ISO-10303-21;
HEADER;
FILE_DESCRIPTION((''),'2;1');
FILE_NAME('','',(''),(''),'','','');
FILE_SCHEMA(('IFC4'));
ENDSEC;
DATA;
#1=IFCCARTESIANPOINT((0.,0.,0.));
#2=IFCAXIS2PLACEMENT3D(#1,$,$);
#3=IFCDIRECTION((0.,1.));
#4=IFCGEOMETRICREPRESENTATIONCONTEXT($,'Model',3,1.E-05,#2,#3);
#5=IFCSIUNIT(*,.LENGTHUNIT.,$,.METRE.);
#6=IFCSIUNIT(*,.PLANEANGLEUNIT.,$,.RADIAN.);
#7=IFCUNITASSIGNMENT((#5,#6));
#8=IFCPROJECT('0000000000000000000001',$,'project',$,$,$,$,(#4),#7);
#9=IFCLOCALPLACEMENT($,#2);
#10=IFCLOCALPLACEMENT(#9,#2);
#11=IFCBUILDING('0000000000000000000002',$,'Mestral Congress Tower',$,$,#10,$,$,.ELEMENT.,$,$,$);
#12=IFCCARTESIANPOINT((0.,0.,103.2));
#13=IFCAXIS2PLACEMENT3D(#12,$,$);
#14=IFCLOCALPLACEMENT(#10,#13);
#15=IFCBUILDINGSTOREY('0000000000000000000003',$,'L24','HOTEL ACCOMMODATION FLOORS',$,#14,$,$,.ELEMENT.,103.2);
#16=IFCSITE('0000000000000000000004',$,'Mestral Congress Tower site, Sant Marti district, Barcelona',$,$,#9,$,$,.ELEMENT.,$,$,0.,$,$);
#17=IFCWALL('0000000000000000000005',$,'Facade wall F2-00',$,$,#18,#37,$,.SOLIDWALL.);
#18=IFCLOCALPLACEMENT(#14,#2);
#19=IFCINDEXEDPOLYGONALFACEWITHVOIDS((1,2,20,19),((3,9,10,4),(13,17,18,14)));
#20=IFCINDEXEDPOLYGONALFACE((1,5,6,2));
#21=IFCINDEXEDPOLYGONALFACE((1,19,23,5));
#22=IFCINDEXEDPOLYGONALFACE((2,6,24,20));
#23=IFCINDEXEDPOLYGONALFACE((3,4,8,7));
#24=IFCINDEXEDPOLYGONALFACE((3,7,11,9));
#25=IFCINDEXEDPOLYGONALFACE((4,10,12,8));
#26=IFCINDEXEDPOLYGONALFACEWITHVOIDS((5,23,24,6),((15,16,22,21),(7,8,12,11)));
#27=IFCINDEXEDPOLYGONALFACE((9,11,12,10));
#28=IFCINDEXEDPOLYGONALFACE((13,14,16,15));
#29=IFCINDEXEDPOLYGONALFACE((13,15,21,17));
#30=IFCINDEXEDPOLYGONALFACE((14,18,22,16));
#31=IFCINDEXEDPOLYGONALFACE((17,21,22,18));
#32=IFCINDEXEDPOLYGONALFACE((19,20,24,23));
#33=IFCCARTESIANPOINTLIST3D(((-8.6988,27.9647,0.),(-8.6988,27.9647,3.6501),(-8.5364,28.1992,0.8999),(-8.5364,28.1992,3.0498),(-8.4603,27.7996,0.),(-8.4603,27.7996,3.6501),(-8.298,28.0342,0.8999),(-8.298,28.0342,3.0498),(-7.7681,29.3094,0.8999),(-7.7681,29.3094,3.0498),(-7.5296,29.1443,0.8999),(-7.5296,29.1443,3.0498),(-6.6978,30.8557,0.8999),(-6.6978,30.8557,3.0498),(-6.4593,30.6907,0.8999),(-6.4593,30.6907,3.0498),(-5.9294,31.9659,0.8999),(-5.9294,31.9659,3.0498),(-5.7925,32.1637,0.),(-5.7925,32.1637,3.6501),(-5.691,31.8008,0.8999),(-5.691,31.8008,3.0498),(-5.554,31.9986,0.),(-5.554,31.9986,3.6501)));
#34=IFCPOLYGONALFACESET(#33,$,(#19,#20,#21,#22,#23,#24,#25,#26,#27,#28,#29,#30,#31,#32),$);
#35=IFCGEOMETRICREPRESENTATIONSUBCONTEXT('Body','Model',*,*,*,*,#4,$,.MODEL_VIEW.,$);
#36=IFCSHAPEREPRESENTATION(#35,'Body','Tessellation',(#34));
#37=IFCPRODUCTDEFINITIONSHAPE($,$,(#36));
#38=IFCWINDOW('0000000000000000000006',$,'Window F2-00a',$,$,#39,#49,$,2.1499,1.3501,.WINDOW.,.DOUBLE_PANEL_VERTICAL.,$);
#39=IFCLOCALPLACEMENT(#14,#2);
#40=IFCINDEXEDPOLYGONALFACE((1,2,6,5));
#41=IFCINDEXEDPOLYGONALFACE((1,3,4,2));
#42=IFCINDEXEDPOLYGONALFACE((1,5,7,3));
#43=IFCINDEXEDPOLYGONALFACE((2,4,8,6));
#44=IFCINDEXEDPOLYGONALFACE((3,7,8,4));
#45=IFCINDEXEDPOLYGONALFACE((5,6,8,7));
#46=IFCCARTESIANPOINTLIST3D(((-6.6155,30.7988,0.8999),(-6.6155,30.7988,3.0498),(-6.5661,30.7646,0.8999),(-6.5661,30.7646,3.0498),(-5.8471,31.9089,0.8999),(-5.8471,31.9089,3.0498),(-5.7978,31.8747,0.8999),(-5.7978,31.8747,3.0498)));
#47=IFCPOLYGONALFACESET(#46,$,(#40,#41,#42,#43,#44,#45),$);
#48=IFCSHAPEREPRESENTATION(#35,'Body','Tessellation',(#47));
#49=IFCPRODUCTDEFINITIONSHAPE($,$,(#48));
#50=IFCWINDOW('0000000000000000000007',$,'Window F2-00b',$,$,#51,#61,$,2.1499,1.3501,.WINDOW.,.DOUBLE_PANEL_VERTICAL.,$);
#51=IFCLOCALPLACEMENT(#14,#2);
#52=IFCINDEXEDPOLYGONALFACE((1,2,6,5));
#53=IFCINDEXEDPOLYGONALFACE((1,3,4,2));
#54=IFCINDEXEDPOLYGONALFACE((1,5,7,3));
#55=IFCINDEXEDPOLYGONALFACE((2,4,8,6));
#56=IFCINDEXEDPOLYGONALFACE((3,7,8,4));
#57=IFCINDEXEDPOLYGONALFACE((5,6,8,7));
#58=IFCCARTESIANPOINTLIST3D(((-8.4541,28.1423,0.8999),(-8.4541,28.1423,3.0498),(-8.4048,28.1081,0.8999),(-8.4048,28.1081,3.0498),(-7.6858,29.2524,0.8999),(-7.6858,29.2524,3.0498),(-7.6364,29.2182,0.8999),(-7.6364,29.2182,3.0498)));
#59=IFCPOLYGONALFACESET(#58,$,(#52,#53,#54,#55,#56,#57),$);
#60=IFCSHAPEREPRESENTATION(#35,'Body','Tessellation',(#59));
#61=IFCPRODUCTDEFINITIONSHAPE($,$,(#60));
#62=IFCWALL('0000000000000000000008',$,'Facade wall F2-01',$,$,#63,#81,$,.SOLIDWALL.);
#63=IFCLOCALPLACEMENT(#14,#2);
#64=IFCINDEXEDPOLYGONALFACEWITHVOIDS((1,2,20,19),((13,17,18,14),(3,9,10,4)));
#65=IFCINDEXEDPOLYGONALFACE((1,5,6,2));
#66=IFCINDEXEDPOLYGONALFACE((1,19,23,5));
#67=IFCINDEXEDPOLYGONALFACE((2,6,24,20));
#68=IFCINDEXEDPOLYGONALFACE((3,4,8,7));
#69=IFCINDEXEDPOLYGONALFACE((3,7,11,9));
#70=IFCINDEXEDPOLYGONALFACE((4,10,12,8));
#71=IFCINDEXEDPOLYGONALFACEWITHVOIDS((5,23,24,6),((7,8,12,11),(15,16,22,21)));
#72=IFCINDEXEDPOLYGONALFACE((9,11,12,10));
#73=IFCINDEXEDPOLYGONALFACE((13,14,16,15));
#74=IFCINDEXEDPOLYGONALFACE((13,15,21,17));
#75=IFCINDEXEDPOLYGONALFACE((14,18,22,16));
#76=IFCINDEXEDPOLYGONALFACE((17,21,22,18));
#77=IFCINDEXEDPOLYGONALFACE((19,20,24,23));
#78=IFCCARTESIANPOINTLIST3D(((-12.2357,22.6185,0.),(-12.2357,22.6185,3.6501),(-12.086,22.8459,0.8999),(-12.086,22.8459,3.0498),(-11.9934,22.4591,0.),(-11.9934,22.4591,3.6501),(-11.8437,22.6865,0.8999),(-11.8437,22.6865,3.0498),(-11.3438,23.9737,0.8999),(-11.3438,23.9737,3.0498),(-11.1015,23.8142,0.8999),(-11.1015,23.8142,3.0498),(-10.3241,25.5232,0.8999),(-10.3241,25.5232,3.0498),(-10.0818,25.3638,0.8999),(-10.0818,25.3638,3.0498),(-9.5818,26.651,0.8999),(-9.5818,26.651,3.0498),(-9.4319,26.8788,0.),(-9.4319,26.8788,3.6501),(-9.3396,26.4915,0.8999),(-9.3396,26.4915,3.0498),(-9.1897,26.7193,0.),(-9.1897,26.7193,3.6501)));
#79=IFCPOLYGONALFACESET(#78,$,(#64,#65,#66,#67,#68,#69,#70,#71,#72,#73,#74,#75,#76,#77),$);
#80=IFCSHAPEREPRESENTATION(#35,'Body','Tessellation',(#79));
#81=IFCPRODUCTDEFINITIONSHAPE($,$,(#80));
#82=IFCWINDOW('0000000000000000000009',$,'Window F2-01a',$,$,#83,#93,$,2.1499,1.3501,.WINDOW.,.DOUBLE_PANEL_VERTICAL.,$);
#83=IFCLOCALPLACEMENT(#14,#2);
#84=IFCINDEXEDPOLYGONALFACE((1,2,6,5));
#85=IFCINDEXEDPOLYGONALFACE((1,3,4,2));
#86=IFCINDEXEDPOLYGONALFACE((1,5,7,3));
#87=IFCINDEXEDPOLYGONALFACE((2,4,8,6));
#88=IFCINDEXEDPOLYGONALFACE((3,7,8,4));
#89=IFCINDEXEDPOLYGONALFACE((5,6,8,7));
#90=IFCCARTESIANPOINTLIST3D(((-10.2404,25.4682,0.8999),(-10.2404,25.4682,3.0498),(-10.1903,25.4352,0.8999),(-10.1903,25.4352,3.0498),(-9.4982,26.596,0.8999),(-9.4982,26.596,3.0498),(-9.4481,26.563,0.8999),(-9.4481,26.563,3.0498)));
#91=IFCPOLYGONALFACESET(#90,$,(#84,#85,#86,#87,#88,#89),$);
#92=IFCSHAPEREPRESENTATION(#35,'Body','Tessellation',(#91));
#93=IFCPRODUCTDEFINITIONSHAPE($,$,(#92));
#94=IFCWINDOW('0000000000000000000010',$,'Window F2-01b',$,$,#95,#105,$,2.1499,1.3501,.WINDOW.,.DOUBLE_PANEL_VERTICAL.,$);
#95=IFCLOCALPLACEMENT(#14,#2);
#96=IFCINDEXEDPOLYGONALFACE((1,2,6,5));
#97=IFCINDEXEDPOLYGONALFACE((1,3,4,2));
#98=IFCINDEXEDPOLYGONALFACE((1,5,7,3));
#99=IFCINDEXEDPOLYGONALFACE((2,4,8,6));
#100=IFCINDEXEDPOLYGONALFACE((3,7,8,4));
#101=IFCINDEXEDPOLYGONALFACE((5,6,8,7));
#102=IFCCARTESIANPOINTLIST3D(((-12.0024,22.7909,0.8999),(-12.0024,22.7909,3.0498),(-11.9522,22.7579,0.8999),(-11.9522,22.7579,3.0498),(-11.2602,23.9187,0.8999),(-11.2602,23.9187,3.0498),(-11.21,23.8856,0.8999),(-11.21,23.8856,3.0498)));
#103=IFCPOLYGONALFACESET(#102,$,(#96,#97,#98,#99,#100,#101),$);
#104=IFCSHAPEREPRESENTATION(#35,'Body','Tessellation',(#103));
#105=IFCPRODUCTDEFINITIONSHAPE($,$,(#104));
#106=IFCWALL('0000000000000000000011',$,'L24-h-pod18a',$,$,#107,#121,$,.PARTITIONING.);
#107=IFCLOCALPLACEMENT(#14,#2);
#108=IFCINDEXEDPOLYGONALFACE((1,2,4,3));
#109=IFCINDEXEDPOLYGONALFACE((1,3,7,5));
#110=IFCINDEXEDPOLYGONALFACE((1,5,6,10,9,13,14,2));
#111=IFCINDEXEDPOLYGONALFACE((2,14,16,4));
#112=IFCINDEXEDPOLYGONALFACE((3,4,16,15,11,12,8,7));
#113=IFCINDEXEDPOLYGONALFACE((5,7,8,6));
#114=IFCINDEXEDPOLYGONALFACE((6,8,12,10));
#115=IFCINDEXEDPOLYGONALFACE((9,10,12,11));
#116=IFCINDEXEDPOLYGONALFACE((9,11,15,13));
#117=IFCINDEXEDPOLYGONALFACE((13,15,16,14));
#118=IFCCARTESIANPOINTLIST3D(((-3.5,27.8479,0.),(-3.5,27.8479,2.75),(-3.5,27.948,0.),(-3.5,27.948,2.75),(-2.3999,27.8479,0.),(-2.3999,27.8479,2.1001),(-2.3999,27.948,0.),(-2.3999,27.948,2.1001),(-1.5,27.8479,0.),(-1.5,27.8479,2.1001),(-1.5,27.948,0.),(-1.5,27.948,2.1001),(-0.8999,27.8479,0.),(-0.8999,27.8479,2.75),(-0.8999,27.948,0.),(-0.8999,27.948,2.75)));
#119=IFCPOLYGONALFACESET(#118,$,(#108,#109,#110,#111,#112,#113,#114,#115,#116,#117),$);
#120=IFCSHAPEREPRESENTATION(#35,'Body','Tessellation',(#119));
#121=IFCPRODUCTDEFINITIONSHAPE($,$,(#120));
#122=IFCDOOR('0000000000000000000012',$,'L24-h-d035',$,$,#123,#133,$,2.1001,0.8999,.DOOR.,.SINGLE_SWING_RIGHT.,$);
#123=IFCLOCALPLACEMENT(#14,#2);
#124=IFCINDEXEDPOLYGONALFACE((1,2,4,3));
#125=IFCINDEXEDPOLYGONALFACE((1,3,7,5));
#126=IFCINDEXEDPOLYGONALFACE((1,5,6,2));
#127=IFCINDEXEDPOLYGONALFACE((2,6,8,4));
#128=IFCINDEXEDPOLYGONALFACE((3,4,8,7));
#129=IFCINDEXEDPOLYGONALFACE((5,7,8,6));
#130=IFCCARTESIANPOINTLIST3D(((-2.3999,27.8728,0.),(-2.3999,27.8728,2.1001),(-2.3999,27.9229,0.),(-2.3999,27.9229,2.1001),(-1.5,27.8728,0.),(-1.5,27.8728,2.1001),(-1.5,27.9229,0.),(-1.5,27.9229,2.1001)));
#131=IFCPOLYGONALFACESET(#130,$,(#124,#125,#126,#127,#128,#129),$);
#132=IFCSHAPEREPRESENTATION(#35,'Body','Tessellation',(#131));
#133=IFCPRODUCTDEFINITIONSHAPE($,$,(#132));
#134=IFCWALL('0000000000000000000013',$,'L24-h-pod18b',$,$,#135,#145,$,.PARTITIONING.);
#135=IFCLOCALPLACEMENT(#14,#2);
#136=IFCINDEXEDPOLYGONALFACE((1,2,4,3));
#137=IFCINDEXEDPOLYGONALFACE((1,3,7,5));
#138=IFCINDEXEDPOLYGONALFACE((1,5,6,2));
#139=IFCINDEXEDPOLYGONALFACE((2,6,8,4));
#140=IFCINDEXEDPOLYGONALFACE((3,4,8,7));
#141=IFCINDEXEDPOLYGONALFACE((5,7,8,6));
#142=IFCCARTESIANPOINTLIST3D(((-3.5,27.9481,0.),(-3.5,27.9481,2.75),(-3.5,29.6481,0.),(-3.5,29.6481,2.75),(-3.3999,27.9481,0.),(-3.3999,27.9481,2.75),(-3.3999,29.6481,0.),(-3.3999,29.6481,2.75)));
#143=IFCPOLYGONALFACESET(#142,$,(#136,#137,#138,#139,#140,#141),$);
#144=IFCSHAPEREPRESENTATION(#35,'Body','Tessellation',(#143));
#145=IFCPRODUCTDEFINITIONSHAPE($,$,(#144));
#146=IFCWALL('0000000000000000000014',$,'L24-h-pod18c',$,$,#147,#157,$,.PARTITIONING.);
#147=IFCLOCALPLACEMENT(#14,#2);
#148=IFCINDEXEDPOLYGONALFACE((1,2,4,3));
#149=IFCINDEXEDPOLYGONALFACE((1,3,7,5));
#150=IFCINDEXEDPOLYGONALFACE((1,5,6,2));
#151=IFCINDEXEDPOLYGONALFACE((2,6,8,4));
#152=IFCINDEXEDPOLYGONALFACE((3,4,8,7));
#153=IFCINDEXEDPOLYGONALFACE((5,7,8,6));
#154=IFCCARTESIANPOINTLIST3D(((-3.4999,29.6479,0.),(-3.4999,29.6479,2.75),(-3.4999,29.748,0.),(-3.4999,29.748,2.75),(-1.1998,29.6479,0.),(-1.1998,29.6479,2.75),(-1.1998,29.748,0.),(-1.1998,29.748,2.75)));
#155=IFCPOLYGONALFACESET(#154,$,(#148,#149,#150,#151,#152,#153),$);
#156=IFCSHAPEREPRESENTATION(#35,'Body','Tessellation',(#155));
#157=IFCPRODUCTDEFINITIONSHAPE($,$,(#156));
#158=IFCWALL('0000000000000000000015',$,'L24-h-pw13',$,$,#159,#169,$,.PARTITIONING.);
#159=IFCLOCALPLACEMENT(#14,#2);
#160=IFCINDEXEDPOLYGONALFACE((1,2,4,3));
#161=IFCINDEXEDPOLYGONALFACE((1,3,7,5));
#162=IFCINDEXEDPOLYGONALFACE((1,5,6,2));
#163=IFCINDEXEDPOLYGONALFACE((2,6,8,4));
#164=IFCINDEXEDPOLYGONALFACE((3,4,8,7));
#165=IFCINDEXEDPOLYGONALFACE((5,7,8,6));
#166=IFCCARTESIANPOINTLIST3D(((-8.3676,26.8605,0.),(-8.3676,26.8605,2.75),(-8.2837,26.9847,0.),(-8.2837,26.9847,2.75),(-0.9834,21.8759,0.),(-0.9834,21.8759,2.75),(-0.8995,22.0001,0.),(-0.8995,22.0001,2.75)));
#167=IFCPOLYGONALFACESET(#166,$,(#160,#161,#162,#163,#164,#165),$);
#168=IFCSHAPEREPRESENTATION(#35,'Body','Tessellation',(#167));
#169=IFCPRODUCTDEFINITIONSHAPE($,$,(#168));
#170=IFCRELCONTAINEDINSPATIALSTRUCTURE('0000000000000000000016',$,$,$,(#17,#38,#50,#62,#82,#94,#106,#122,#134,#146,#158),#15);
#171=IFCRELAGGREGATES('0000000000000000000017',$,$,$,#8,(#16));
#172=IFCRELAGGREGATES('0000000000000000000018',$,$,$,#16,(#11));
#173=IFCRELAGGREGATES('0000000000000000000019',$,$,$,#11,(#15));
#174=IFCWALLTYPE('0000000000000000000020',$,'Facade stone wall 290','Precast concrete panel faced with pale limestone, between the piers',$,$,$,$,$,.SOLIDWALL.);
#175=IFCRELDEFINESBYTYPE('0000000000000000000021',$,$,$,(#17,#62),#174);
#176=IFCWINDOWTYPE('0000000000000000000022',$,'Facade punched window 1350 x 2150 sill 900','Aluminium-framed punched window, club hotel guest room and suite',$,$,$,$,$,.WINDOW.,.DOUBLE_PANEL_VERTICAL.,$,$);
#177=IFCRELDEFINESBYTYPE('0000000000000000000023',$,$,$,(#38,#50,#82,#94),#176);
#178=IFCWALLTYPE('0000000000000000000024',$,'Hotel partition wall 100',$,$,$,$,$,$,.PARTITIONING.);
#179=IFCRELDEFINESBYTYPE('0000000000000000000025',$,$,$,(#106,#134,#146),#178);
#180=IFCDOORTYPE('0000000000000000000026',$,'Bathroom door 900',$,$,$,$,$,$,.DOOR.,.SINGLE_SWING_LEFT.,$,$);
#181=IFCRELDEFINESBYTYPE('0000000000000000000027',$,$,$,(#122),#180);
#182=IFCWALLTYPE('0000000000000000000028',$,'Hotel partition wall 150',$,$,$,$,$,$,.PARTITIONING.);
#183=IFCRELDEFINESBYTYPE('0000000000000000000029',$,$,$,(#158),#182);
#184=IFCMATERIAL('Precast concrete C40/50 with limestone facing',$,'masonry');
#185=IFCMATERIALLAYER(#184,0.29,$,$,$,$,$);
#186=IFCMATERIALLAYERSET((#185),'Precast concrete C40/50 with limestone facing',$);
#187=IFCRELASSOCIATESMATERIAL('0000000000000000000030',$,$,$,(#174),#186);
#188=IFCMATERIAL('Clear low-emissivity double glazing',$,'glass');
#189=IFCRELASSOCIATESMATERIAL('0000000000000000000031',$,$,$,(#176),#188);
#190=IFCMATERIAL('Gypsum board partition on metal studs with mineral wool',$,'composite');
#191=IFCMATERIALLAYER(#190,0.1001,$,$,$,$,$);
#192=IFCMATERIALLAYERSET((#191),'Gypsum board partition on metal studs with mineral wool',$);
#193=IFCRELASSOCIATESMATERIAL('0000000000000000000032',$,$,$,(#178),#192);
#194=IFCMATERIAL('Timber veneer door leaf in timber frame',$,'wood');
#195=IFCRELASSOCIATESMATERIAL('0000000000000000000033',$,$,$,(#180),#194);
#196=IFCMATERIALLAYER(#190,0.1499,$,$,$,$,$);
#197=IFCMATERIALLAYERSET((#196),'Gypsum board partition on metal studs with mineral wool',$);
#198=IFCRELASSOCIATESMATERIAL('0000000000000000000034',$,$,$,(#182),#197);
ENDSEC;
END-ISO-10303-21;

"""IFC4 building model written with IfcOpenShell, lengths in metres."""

from ifc_helpers import new_model, si_unit, direction, frame, frame_2d, origin, place, context, subcontext, project, spatial, rectangle, extrude, material, layer, layer_set, type_object, element, fill, save


model = new_model("IFC4")

# Units and contexts
model_context = context("Model", 3, precision=1e-05, world=origin(), true_north=direction((0.0, 1.0)))
body_context = subcontext(model_context, "Body", "Model", "MODEL_VIEW")
ifc_project = project(units=[si_unit("LENGTHUNIT", "METRE"), si_unit("PLANEANGLEUNIT", "RADIAN")], contexts=[model_context])

# Site, building, storey
site_placement = place(None, origin())
site = spatial("IfcSite", under=ifc_project, at=site_placement, Name="Mestral Congress Tower site, Sant Marti district, Barcelona", CompositionType="ELEMENT", RefElevation=0.0)
building_placement = place(site_placement, origin())
building = spatial("IfcBuilding", under=site, at=building_placement, Name="Mestral Congress Tower", CompositionType="ELEMENT")
storey_placement = place(building_placement, frame((0.0, 0.0, 103.2)))
storey = spatial("IfcBuildingStorey", under=building, at=storey_placement, Name="L24", Description="HOTEL ACCOMMODATION FLOORS", CompositionType="ELEMENT", Elevation=103.2)

# Shared definitions
ifc_material_1 = material(Name="Precast concrete C40/50 with limestone facing", Category="masonry")
ifc_layer_1 = layer(ifc_material_1, 0.29)
ifc_layer_set_1 = layer_set([ifc_layer_1], Name="Precast concrete C40/50 with limestone facing")
wall_type_1 = type_object("IfcWallType", Name="Facade stone wall 290", Description="Precast concrete panel faced with pale limestone, between the piers", PredefinedType="SOLIDWALL", material=ifc_layer_set_1)

# Shared definitions
ifc_material_2 = material(Name="Clear low-emissivity double glazing", Category="glass")

# Walls, openings, windows
wall_1_placement = place(storey_placement, frame((-5.6733, 32.0811, 0.0), z_axis=(0.0, 0.0, 1.0), x_axis=(-0.569113, -0.822259, 0.0)))
wall_1 = element("IfcWall", 1, at=wall_1_placement, inside=storey, type_object=wall_type_1, Name="Facade wall F2-00", PredefinedType="SOLIDWALL", context=body_context, shape_type="SweptSolid", body=[
    extrude(rectangle(XDim=5.1067, YDim=0.29, at=frame_2d((2.5532, 0.0))), origin(), (0.0, 0.0, 1.0), 3.6501),
])
opening_1_placement = place(wall_1_placement, frame((0.2405, 0.0, 0.8999)))
opening_1 = element("IfcOpeningElement", 2, at=opening_1_placement, cuts=wall_1, PredefinedType="OPENING", context=body_context, shape_type="SweptSolid", body=[
    extrude(rectangle(XDim=1.3501, YDim=2.1499, at=frame_2d((0.675, 1.075))), frame((0.0, 0.155, 0.0), z_axis=(0.0, -1.0, 0.0), x_axis=(1.0, 0.0, 0.0)), (0.0, 0.0, 1.0), 0.3101),
])
opening_2_placement = place(wall_1_placement, frame((3.4712, 0.0, 0.8999)))
opening_2 = element("IfcOpeningElement", 3, at=opening_2_placement, cuts=wall_1, PredefinedType="OPENING", context=body_context, shape_type="SweptSolid", body=[
    extrude(rectangle(XDim=1.3501, YDim=2.1499, at=frame_2d((0.675, 1.075))), frame((0.0, 0.155, 0.0), z_axis=(0.0, -1.0, 0.0), x_axis=(1.0, 0.0, 0.0)), (0.0, 0.0, 1.0), 0.3101),
])
window_type_1 = type_object("IfcWindowType", Name="Facade punched window 1350 x 2150 sill 900", Description="Aluminium-framed punched window, club hotel guest room and suite", PartitioningType="DOUBLE_PANEL_VERTICAL", PredefinedType="WINDOW", material=ifc_material_2)
window_1_placement = place(opening_1_placement, origin())
window_1 = element("IfcWindow", 4, at=window_1_placement, inside=storey, type_object=window_type_1, Name="Window F2-00a", OverallHeight=2.1499, OverallWidth=1.3501, PartitioningType="DOUBLE_PANEL_VERTICAL", PredefinedType="WINDOW", context=body_context, shape_type="SweptSolid", body=[
    extrude(rectangle(XDim=1.3501, YDim=2.1499, at=frame_2d((0.675, 1.075))), frame((0.0, 0.0151, 0.0), z_axis=(0.0, -1.0, 0.0), x_axis=(1.0, 0.0, 0.0)), (0.0, 0.0, 1.0), 0.0601),
])
fill(opening_1, window_1)
window_2_placement = place(opening_2_placement, origin())
window_2 = element("IfcWindow", 5, at=window_2_placement, inside=storey, type_object=window_type_1, Name="Window F2-00b", OverallHeight=2.1499, OverallWidth=1.3501, PartitioningType="DOUBLE_PANEL_VERTICAL", PredefinedType="WINDOW", context=body_context, shape_type="SweptSolid", body=[
    extrude(rectangle(XDim=1.3501, YDim=2.1499, at=frame_2d((0.675, 1.075))), frame((0.0, 0.0151, 0.0), z_axis=(0.0, -1.0, 0.0), x_axis=(1.0, 0.0, 0.0)), (0.0, 0.0, 1.0), 0.0601),
])
fill(opening_2, window_2)
wall_2_placement = place(storey_placement, frame((-9.3108, 26.7991, 0.0), z_axis=(0.0, 0.0, 1.0), x_axis=(-0.549741, -0.835335, 0.0)))
wall_2 = element("IfcWall", 6, at=wall_2_placement, inside=storey, type_object=wall_type_1, Name="Facade wall F2-01", PredefinedType="SOLIDWALL", context=body_context, shape_type="SweptSolid", body=[
    extrude(rectangle(XDim=5.1001, YDim=0.29, at=frame_2d((2.55, 0.0))), origin(), (0.0, 0.0, 1.0), 3.6501),
])
opening_3_placement = place(wall_2_placement, frame((0.2727, 0.0, 0.8999)))
opening_3 = element("IfcOpeningElement", 7, at=opening_3_placement, cuts=wall_2, PredefinedType="OPENING", context=body_context, shape_type="SweptSolid", body=[
    extrude(rectangle(XDim=1.3501, YDim=2.1499, at=frame_2d((0.675, 1.075))), frame((0.0, 0.155, 0.0), z_axis=(0.0, -1.0, 0.0), x_axis=(1.0, 0.0, 0.0)), (0.0, 0.0, 1.0), 0.3101),
])
opening_4_placement = place(wall_2_placement, frame((3.4778, 0.0, 0.8999)))
opening_4 = element("IfcOpeningElement", 8, at=opening_4_placement, cuts=wall_2, PredefinedType="OPENING", context=body_context, shape_type="SweptSolid", body=[
    extrude(rectangle(XDim=1.3501, YDim=2.1499, at=frame_2d((0.675, 1.075))), frame((0.0, 0.155, 0.0), z_axis=(0.0, -1.0, 0.0), x_axis=(1.0, 0.0, 0.0)), (0.0, 0.0, 1.0), 0.3101),
])
window_3_placement = place(opening_3_placement, origin())
window_3 = element("IfcWindow", 9, at=window_3_placement, inside=storey, type_object=window_type_1, Name="Window F2-01a", OverallHeight=2.1499, OverallWidth=1.3501, PartitioningType="DOUBLE_PANEL_VERTICAL", PredefinedType="WINDOW", context=body_context, shape_type="SweptSolid", body=[
    extrude(rectangle(XDim=1.3501, YDim=2.1499, at=frame_2d((0.675, 1.075))), frame((0.0, 0.0151, 0.0), z_axis=(0.0, -1.0, 0.0), x_axis=(1.0, 0.0, 0.0)), (0.0, 0.0, 1.0), 0.0601),
])
fill(opening_3, window_3)
window_4_placement = place(opening_4_placement, origin())
window_4 = element("IfcWindow", 10, at=window_4_placement, inside=storey, type_object=window_type_1, Name="Window F2-01b", OverallHeight=2.1499, OverallWidth=1.3501, PartitioningType="DOUBLE_PANEL_VERTICAL", PredefinedType="WINDOW", context=body_context, shape_type="SweptSolid", body=[
    extrude(rectangle(XDim=1.3501, YDim=2.1499, at=frame_2d((0.675, 1.075))), frame((0.0, 0.0151, 0.0), z_axis=(0.0, -1.0, 0.0), x_axis=(1.0, 0.0, 0.0)), (0.0, 0.0, 1.0), 0.0601),
])
fill(opening_4, window_4)

# Wall, opening, door
ifc_material_3 = material(Name="Gypsum board partition on metal studs with mineral wool", Category="composite")
ifc_layer_2 = layer(ifc_material_3, 0.1001)
ifc_layer_set_2 = layer_set([ifc_layer_2], Name="Gypsum board partition on metal studs with mineral wool")
wall_type_2 = type_object("IfcWallType", Name="Hotel partition wall 100", PredefinedType="PARTITIONING", material=ifc_layer_set_2)
wall_3_placement = place(storey_placement, frame((-3.5, 27.8979, 0.0), z_axis=(0.0, 0.0, 1.0), x_axis=(1.0, 0.0, 0.0)))
wall_3 = element("IfcWall", 11, at=wall_3_placement, inside=storey, type_object=wall_type_2, Name="L24-h-pod18a", PredefinedType="PARTITIONING", context=body_context, shape_type="SweptSolid", body=[
    extrude(rectangle(XDim=2.6001, YDim=0.1001, at=frame_2d((1.3, 0.0))), origin(), (0.0, 0.0, 1.0), 2.75),
])
opening_5_placement = place(wall_3_placement, frame((1.1001, 0.0, 0.0)))
opening_5 = element("IfcOpeningElement", 12, at=opening_5_placement, cuts=wall_3, PredefinedType="OPENING", context=body_context, shape_type="SweptSolid", body=[
    extrude(rectangle(XDim=0.8999, YDim=2.1001, at=frame_2d((0.45, 1.05))), frame((0.0, 0.0601, 0.0), z_axis=(0.0, -1.0, 0.0), x_axis=(1.0, 0.0, 0.0)), (0.0, 0.0, 1.0), 0.1201),
])
ifc_material_4 = material(Name="Timber veneer door leaf in timber frame", Category="wood")
door_type = type_object("IfcDoorType", Name="Bathroom door 900", OperationType="SINGLE_SWING_LEFT", PredefinedType="DOOR", material=ifc_material_4)
door_placement = place(opening_5_placement, origin())
door = element("IfcDoor", 13, at=door_placement, inside=storey, type_object=door_type, Name="L24-h-d035", OperationType="SINGLE_SWING_RIGHT", OverallHeight=2.1001, OverallWidth=0.8999, PredefinedType="DOOR", context=body_context, shape_type="SweptSolid", body=[
    extrude(rectangle(XDim=0.8999, YDim=2.1001, at=frame_2d((0.45, 1.05))), frame((0.0, 0.0249, 0.0), z_axis=(0.0, -1.0, 0.0), x_axis=(1.0, 0.0, 0.0)), (0.0, 0.0, 1.0), 0.05),
])
fill(opening_5, door)

# Walls
wall_4_placement = place(storey_placement, frame((-3.45, 27.948, 0.0), z_axis=(0.0, 0.0, 1.0), x_axis=(0.0, 1.0, 0.0)))
element("IfcWall", 14, at=wall_4_placement, inside=storey, type_object=wall_type_2, Name="L24-h-pod18b", PredefinedType="PARTITIONING", context=body_context, shape_type="SweptSolid", body=[
    extrude(rectangle(XDim=1.7, YDim=0.1001, at=frame_2d((0.8501, 0.0))), origin(), (0.0, 0.0, 1.0), 2.75),
])
wall_5_placement = place(storey_placement, frame((-1.2, 29.698, 0.0), z_axis=(0.0, 0.0, 1.0), x_axis=(-1.0, 0.0, 0.0)))
element("IfcWall", 15, at=wall_5_placement, inside=storey, type_object=wall_type_2, Name="L24-h-pod18c", PredefinedType="PARTITIONING", context=body_context, shape_type="SweptSolid", body=[
    extrude(rectangle(XDim=2.3, YDim=0.1001, at=frame_2d((1.1499, 0.0))), origin(), (0.0, 0.0, 1.0), 2.75),
])
ifc_layer_3 = layer(ifc_material_3, 0.1499)
ifc_layer_set_3 = layer_set([ifc_layer_3], Name="Gypsum board partition on metal studs with mineral wool")
wall_type_3 = type_object("IfcWallType", Name="Hotel partition wall 150", PredefinedType="PARTITIONING", material=ifc_layer_set_3)
wall_6_placement = place(storey_placement, frame((-8.3257, 26.9226, 0.0), z_axis=(0.0, 0.0, 1.0), x_axis=(0.828837, -0.559491, 0.0)))
element("IfcWall", 16, at=wall_6_placement, inside=storey, type_object=wall_type_3, Name="L24-h-pw13", PredefinedType="PARTITIONING", context=body_context, shape_type="SweptSolid", body=[
    extrude(rectangle(XDim=8.9092, YDim=0.1499, at=frame_2d((4.4546, 0.0))), origin(), (0.0, 0.0, 1.0), 2.75),
])

save(model, "model.ifc")
